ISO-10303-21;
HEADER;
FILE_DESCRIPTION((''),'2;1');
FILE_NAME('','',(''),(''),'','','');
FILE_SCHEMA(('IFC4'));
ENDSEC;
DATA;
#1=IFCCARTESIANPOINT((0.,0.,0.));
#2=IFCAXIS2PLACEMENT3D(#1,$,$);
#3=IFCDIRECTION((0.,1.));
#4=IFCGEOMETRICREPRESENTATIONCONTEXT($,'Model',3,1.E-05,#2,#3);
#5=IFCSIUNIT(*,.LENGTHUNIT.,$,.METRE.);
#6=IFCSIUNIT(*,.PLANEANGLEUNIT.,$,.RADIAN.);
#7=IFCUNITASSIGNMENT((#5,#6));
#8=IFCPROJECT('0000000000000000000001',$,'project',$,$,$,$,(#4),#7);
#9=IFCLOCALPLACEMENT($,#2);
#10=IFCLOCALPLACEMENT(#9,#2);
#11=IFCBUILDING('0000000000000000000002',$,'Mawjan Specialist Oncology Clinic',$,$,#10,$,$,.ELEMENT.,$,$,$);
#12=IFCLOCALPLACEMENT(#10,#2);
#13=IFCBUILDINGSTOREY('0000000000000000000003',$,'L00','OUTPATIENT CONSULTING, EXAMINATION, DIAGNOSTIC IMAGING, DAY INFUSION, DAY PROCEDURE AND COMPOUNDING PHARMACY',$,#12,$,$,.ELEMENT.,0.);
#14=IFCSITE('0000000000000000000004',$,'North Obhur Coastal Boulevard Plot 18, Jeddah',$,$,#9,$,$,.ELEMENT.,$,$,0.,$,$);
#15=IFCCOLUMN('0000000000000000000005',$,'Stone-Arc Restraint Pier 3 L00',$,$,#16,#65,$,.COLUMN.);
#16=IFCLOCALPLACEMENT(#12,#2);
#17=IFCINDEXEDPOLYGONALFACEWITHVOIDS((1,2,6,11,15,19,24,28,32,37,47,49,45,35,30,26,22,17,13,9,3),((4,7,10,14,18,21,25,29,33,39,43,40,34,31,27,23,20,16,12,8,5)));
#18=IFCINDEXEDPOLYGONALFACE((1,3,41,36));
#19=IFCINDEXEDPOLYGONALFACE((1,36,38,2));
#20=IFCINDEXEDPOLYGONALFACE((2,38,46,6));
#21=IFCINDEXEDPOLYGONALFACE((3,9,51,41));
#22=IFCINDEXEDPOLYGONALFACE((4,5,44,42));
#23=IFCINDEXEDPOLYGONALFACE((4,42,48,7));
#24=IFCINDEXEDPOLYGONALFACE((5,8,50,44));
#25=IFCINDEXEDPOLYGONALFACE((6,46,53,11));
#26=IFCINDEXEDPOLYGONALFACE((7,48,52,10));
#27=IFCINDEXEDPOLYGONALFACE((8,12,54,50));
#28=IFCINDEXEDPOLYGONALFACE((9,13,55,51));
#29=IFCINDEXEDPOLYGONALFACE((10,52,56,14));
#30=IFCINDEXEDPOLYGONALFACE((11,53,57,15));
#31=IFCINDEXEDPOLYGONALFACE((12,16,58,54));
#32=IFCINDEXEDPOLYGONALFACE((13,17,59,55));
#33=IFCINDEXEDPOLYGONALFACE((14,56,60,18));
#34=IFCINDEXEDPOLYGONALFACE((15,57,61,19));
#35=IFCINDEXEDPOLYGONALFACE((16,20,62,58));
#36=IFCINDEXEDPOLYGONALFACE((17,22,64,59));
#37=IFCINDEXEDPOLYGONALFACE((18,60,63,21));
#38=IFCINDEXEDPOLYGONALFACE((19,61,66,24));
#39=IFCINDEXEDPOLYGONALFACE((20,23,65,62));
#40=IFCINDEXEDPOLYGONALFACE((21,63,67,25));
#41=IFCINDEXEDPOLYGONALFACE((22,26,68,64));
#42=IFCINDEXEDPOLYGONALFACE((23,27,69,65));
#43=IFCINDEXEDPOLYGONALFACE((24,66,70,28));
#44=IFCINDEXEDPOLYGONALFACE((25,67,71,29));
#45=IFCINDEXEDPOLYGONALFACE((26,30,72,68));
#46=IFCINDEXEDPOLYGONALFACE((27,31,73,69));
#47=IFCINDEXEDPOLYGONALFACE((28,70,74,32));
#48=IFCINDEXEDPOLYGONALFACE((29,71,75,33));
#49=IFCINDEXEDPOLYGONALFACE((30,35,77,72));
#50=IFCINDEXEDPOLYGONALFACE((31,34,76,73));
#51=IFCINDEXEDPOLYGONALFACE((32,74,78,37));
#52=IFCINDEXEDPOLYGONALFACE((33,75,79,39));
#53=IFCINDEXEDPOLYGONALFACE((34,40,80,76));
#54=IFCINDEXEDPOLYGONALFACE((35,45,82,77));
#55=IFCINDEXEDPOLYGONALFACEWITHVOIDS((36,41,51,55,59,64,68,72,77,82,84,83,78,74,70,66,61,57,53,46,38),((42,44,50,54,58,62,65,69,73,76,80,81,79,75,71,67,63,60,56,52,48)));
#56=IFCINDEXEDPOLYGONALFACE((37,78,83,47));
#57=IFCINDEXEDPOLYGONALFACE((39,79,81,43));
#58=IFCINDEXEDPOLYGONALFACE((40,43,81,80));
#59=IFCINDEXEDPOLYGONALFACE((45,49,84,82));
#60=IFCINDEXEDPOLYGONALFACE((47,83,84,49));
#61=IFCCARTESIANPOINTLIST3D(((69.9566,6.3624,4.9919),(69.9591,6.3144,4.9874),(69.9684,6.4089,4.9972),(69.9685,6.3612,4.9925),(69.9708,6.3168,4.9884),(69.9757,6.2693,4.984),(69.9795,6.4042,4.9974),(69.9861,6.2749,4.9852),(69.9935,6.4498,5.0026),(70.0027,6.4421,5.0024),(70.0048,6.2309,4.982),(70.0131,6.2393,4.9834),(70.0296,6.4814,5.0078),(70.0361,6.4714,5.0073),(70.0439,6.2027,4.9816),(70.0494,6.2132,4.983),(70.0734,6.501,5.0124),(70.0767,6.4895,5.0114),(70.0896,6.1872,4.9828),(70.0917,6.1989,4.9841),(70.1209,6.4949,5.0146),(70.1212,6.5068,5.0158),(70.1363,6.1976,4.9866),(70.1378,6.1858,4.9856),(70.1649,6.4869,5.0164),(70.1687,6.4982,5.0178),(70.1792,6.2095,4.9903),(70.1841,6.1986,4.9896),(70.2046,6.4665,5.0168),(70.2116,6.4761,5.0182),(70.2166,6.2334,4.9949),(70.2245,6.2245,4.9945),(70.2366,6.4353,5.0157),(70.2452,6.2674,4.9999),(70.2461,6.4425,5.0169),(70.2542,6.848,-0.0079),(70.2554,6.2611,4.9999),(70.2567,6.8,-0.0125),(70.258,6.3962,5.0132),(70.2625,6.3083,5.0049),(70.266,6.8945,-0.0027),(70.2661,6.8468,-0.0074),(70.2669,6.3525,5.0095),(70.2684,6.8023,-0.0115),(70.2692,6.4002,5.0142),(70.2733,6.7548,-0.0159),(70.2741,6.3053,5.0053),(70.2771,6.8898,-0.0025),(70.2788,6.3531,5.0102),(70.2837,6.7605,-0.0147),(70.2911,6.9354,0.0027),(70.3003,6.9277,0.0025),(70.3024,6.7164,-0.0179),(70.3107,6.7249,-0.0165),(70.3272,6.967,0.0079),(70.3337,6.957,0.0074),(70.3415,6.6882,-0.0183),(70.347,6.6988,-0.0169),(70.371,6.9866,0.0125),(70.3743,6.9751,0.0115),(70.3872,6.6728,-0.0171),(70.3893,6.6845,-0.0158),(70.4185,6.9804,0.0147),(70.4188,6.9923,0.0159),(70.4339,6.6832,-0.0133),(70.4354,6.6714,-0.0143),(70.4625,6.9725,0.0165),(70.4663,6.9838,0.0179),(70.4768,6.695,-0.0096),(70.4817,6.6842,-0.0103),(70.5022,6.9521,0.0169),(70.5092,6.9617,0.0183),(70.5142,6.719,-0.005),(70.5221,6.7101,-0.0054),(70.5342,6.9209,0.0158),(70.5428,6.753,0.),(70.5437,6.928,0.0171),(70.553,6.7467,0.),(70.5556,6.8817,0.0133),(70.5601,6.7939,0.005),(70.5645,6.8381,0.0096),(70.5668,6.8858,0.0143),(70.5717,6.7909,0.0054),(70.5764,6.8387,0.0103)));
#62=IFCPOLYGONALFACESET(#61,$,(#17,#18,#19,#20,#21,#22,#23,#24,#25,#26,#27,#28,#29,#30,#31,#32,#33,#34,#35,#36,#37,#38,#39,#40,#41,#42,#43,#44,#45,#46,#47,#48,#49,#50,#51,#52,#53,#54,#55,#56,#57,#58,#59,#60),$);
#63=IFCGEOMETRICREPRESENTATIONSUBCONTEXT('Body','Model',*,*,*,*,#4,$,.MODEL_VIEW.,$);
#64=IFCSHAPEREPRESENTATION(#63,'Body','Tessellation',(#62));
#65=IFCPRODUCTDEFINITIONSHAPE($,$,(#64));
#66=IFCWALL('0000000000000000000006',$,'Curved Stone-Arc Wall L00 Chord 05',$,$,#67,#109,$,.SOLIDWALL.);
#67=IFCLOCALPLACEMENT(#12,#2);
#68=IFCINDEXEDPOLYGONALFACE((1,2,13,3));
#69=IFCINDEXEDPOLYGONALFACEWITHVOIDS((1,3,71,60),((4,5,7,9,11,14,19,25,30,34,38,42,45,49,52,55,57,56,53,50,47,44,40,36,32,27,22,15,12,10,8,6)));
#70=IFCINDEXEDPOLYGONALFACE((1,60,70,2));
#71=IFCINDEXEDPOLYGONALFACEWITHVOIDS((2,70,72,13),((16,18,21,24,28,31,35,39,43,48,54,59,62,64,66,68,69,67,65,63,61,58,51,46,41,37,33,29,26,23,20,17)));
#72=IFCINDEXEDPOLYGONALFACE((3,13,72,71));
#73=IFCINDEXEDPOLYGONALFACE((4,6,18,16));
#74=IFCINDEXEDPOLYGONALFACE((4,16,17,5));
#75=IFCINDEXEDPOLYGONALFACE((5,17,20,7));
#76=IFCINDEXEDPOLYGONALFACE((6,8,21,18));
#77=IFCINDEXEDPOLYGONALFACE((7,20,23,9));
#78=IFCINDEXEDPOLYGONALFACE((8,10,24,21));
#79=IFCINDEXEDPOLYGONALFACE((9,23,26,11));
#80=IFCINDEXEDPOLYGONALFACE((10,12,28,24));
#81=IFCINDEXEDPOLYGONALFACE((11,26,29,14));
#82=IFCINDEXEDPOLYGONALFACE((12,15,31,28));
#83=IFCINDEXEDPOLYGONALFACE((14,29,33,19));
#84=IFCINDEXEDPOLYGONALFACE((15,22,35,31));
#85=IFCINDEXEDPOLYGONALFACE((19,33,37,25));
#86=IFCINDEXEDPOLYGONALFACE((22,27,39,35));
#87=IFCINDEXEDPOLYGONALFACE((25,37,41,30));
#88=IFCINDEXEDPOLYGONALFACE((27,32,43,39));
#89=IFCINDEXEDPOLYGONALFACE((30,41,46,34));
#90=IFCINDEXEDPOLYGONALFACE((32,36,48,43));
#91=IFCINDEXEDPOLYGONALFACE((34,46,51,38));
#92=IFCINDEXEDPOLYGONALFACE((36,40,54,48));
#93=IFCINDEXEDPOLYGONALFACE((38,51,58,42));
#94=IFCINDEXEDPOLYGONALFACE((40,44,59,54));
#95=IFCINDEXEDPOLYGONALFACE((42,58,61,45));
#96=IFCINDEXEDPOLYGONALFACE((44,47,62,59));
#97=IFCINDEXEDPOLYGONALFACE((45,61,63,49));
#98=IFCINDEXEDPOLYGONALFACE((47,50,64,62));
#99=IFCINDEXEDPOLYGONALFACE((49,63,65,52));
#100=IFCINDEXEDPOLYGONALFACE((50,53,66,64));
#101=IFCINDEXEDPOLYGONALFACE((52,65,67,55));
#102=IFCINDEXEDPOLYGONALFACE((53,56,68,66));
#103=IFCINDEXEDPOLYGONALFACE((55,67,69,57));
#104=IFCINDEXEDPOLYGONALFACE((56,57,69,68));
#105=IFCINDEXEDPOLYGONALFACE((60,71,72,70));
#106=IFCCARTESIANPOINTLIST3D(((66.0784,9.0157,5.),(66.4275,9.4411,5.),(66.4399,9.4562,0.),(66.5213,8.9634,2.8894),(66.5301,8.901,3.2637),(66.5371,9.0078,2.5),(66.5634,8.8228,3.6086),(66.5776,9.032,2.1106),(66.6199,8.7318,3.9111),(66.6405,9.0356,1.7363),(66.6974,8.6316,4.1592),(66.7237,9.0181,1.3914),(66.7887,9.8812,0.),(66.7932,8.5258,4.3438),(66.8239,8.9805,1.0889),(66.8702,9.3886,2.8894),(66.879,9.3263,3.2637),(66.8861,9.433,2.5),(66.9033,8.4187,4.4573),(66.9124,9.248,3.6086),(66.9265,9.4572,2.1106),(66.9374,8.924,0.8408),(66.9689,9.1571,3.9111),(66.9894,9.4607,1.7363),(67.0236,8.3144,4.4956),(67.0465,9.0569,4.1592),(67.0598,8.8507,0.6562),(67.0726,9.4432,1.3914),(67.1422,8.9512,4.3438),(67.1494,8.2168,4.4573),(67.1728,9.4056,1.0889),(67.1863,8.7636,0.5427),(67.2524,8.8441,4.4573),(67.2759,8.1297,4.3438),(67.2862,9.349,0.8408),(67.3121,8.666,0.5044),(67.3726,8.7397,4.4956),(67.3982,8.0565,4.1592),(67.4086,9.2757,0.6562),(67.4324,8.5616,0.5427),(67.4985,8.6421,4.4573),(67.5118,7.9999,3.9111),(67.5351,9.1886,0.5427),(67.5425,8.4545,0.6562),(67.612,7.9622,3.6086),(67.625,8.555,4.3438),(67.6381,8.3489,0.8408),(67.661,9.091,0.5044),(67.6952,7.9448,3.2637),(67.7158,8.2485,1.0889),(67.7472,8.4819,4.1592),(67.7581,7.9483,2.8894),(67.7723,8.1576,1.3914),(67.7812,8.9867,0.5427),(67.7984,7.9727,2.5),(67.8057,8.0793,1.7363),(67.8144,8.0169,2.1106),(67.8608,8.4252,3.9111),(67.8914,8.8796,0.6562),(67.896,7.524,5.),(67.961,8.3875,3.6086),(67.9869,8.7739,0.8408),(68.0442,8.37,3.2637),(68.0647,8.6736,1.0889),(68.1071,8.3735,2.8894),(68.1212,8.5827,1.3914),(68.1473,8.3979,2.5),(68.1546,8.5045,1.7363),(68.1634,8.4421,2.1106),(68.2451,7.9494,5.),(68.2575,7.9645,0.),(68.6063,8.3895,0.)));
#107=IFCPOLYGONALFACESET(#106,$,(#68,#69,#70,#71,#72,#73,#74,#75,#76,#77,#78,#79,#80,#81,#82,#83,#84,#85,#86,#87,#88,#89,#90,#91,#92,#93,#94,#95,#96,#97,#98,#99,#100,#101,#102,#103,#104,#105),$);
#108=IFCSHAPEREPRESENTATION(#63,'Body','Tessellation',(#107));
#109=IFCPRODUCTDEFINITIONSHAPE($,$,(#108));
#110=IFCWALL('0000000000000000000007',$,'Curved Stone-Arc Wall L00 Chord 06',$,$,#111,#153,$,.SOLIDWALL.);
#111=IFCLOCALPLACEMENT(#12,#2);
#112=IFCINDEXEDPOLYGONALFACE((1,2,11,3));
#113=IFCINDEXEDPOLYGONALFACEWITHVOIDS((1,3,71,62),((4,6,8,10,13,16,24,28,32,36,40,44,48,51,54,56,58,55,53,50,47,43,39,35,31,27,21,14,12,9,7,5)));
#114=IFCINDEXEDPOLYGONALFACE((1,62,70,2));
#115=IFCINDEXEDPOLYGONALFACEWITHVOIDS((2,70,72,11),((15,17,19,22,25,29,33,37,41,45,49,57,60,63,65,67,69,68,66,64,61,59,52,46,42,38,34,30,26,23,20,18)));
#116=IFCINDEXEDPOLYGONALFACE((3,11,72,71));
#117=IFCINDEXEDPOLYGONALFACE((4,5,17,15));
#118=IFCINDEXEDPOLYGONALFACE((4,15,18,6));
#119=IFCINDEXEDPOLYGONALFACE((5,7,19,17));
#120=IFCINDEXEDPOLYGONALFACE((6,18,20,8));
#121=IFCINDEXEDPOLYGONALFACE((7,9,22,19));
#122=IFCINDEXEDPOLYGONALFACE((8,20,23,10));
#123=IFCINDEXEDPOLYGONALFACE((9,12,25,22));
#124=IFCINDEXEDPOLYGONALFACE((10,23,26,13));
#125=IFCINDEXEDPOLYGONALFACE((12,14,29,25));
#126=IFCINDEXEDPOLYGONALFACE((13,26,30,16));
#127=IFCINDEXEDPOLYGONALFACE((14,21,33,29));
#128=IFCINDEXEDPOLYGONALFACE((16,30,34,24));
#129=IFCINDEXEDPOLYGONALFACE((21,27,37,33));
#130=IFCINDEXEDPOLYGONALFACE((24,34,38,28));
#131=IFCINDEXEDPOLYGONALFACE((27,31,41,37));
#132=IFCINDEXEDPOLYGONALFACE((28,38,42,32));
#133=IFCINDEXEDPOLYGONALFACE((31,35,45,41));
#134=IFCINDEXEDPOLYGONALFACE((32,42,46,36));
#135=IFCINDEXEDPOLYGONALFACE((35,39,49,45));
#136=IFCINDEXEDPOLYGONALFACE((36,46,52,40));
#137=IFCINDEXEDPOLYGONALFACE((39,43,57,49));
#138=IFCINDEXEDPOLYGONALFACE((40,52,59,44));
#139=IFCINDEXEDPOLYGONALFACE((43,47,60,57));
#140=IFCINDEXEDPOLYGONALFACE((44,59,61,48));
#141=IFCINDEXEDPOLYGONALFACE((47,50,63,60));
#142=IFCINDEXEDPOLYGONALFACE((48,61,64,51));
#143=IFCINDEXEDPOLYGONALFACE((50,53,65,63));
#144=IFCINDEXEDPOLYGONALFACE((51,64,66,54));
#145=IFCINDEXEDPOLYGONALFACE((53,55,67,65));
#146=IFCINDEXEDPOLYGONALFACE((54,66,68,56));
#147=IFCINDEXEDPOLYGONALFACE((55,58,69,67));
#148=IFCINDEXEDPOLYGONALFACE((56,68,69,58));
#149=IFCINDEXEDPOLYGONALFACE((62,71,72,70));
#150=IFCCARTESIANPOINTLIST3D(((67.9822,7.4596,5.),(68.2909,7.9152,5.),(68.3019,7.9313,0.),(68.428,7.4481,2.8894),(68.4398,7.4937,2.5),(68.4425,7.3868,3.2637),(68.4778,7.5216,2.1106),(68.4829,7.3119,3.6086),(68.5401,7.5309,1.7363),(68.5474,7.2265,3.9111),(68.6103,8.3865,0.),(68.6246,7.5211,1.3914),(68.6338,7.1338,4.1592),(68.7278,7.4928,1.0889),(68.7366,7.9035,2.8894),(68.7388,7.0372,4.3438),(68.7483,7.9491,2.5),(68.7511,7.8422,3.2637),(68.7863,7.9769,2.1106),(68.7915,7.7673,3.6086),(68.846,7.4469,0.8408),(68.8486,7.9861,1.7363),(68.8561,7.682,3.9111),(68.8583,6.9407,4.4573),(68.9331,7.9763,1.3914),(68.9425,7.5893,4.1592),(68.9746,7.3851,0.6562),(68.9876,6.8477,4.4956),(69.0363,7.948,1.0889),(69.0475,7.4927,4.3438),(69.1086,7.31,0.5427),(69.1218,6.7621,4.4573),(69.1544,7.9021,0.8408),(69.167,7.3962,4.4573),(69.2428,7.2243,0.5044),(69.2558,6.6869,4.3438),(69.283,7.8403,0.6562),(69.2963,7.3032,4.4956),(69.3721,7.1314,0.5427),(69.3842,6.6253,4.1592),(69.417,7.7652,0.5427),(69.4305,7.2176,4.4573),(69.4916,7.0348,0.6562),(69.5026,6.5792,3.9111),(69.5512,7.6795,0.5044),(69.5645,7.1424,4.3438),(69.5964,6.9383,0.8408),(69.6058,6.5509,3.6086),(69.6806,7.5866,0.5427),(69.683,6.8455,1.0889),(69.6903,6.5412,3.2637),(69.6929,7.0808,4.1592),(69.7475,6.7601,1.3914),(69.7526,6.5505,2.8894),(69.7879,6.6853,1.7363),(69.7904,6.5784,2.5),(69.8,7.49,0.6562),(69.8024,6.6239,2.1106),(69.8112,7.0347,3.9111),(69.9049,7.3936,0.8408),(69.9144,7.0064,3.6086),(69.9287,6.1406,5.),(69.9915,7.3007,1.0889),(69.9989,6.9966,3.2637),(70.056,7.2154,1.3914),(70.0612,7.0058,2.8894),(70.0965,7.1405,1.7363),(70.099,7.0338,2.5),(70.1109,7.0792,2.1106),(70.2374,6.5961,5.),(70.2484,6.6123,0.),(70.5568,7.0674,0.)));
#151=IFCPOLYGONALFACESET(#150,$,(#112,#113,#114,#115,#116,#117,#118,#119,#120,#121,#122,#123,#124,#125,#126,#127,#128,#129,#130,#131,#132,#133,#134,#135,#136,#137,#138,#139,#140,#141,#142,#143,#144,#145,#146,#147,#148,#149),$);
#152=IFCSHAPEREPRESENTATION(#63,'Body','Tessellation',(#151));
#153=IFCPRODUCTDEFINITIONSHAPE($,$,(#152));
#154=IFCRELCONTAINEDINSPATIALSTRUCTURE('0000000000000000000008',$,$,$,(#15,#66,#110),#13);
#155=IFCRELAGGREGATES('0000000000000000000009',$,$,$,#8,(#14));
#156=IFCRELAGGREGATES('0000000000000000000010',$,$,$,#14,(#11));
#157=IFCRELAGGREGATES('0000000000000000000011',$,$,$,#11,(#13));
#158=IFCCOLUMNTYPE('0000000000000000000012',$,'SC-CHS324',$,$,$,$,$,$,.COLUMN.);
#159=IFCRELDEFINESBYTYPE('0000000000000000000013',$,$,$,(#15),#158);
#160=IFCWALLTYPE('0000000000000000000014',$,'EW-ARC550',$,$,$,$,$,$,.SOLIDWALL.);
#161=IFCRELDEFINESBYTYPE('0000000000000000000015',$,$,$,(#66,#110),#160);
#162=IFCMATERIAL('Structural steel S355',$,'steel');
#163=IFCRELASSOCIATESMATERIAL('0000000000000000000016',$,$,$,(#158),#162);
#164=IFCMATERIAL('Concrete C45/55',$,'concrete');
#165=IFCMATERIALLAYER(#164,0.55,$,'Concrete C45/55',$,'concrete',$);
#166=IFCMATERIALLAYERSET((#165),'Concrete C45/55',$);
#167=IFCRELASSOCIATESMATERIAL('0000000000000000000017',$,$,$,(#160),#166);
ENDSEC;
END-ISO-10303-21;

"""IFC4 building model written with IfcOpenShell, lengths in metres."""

from ifc_helpers import new_model, si_unit, direction, frame, origin, origin_2d, place, context, subcontext, project, spatial, polyline, hollow_circle, outline, extrude, material, layer, layer_set, material_profile, profile_set, type_object, element, save


model = new_model("IFC4")

# Units and contexts
model_context = context("Model", 3, precision=1e-05, world=origin(), true_north=direction((0.0, 1.0)))
body_context = subcontext(model_context, "Body", "Model", "MODEL_VIEW")
ifc_project = project(units=[si_unit("LENGTHUNIT", "METRE"), si_unit("PLANEANGLEUNIT", "RADIAN")], contexts=[model_context])

# Site, building, storey
site_placement = place(None, origin())
site = spatial("IfcSite", under=ifc_project, at=site_placement, Name="North Obhur Coastal Boulevard Plot 18, Jeddah", CompositionType="ELEMENT", RefElevation=0.0)
building_placement = place(site_placement, origin())
building = spatial("IfcBuilding", under=site, at=building_placement, Name="Mawjan Specialist Oncology Clinic", CompositionType="ELEMENT")
storey_placement = place(building_placement, origin())
storey = spatial("IfcBuildingStorey", under=building, at=storey_placement, Name="L00", Description="OUTPATIENT CONSULTING, EXAMINATION, DIAGNOSTIC IMAGING, DAY INFUSION, DAY PROCEDURE AND COMPOUNDING PHARMACY", CompositionType="ELEMENT", Elevation=0.0)

# Column
ifc_material_1 = material(Name="Structural steel S355", Category="steel")
ifc_material_profile_1 = material_profile(ifc_material_1, hollow_circle(Radius=0.1619, WallThickness=0.012, at=origin_2d()), Name="CHS 323.9x12", Category="steel")
ifc_profile_set_1 = profile_set([ifc_material_profile_1], Name="Structural steel S355")
column_type = type_object("IfcColumnType", Name="SC-CHS324", PredefinedType="COLUMN", material=ifc_profile_set_1)
column_placement = place(storey_placement, frame((70.415, 6.8313, 0.0), z_axis=(-0.059139, -0.096495, 0.993575), x_axis=(0.852614, -0.522542, 0.0)))
element("IfcColumn", 1, at=column_placement, inside=storey, type_object=column_type, Name="Stone-Arc Restraint Pier 3 L00", PredefinedType="COLUMN", context=body_context, shape_type="SweptSolid", body=[
    extrude(hollow_circle(Radius=0.1619, WallThickness=0.012, at=origin_2d()), origin(), (0.0, 0.0, 1.0), 5.0322),
])

# Walls, openings
ifc_material_2 = material(Name="Concrete C45/55", Category="concrete")
ifc_layer = layer(ifc_material_2, 0.55, Name="Concrete C45/55", Category="concrete")
ifc_layer_set = layer_set([ifc_layer], Name="Concrete C45/55")
wall_type = type_object("IfcWallType", Name="EW-ARC550", PredefinedType="SOLIDWALL", material=ifc_layer_set)
wall_1_placement = place(storey_placement, frame((68.4319, 8.177, 0.0), z_axis=(0.0, 0.0, 1.0), x_axis=(-0.773008, 0.634396, 0.0)))
wall_1 = element("IfcWall", 2, at=wall_1_placement, inside=storey, type_object=wall_type, Name="Curved Stone-Arc Wall L00 Chord 05", PredefinedType="SOLIDWALL", context=body_context, shape_type="SweptSolid", body=[
    extrude(outline(polyline([(-0.2749, 0.0), (0.2749, 0.0), (0.8447, 5.0), (0.2944, 5.0), (-0.2749, 0.0)])), frame((0.0, 0.0, 0.0), z_axis=(1.0, 0.0, 0.0), x_axis=(0.0, 1.0, 0.0)), (0.0, 0.0, 1.0), 2.3513),
])
opening_1_placement = place(wall_1_placement, origin())
element("IfcOpeningElement", 3, at=opening_1_placement, cuts=wall_1, PredefinedType="OPENING", context=body_context, shape_type="SweptSolid", body=[
    extrude(outline(polyline([(1.9917, 2.5), (1.9758, 2.8894), (1.9294, 3.2637), (1.854, 3.6086), (1.7527, 3.9111), (1.6292, 4.1592), (1.488, 4.3438), (1.335, 4.4573), (1.1758, 4.4956), (1.0166, 4.4573), (0.8635, 4.3438), (0.7227, 4.1592), (0.5989, 3.9111), (0.4976, 3.6086), (0.4221, 3.2637), (0.3757, 2.8894), (0.3601, 2.5), (0.3757, 2.1106), (0.4221, 1.7363), (0.4976, 1.3914), (0.5989, 1.0889), (0.7227, 0.8408), (0.8635, 0.6562), (1.0166, 0.5427), (1.1758, 0.5044), (1.335, 0.5427), (1.488, 0.6562), (1.6292, 0.8408), (1.7527, 1.0889), (1.854, 1.3914), (1.9294, 1.7363), (1.9758, 2.1106), (1.9917, 2.5)])), frame((0.0, 0.8645, 0.0), z_axis=(0.0, -1.0, 0.0), x_axis=(1.0, 0.0, 0.0)), (0.0, 0.0, 1.0), 1.1597),
])
wall_2_placement = place(storey_placement, frame((70.4026, 6.8398, 0.0), z_axis=(0.0, 0.0, 1.0), x_axis=(-0.827825, 0.560986, 0.0)))
wall_2 = element("IfcWall", 4, at=wall_2_placement, inside=storey, type_object=wall_type, Name="Curved Stone-Arc Wall L00 Chord 06", PredefinedType="SOLIDWALL", context=body_context, shape_type="SweptSolid", body=[
    extrude(outline(polyline([(-0.2749, 0.0), (0.2749, 0.0), (0.8447, 5.0), (0.2944, 5.0), (-0.2749, 0.0)])), frame((0.0, 0.0, 0.0), z_axis=(1.0, 0.0, 0.0), x_axis=(0.0, 1.0, 0.0)), (0.0, 0.0, 1.0), 2.3513),
])
opening_2_placement = place(wall_2_placement, origin())
element("IfcOpeningElement", 5, at=opening_2_placement, cuts=wall_2, PredefinedType="OPENING", context=body_context, shape_type="SweptSolid", body=[
    extrude(outline(polyline([(1.9917, 2.5), (1.9758, 2.8894), (1.9294, 3.2637), (1.854, 3.6086), (1.7527, 3.9111), (1.6292, 4.1592), (1.488, 4.3438), (1.335, 4.4573), (1.1758, 4.4956), (1.0166, 4.4573), (0.8635, 4.3438), (0.7227, 4.1592), (0.5989, 3.9111), (0.4976, 3.6086), (0.4221, 3.2637), (0.3757, 2.8894), (0.3601, 2.5), (0.3757, 2.1106), (0.4221, 1.7363), (0.4976, 1.3914), (0.5989, 1.0889), (0.7227, 0.8408), (0.8635, 0.6562), (1.0166, 0.5427), (1.1758, 0.5044), (1.335, 0.5427), (1.488, 0.6562), (1.6292, 0.8408), (1.7527, 1.0889), (1.854, 1.3914), (1.9294, 1.7363), (1.9758, 2.1106), (1.9917, 2.5)])), frame((0.0, 0.8645, 0.0), z_axis=(0.0, -1.0, 0.0), x_axis=(1.0, 0.0, 0.0)), (0.0, 0.0, 1.0), 1.1597),
])

save(model, "model.ifc")
